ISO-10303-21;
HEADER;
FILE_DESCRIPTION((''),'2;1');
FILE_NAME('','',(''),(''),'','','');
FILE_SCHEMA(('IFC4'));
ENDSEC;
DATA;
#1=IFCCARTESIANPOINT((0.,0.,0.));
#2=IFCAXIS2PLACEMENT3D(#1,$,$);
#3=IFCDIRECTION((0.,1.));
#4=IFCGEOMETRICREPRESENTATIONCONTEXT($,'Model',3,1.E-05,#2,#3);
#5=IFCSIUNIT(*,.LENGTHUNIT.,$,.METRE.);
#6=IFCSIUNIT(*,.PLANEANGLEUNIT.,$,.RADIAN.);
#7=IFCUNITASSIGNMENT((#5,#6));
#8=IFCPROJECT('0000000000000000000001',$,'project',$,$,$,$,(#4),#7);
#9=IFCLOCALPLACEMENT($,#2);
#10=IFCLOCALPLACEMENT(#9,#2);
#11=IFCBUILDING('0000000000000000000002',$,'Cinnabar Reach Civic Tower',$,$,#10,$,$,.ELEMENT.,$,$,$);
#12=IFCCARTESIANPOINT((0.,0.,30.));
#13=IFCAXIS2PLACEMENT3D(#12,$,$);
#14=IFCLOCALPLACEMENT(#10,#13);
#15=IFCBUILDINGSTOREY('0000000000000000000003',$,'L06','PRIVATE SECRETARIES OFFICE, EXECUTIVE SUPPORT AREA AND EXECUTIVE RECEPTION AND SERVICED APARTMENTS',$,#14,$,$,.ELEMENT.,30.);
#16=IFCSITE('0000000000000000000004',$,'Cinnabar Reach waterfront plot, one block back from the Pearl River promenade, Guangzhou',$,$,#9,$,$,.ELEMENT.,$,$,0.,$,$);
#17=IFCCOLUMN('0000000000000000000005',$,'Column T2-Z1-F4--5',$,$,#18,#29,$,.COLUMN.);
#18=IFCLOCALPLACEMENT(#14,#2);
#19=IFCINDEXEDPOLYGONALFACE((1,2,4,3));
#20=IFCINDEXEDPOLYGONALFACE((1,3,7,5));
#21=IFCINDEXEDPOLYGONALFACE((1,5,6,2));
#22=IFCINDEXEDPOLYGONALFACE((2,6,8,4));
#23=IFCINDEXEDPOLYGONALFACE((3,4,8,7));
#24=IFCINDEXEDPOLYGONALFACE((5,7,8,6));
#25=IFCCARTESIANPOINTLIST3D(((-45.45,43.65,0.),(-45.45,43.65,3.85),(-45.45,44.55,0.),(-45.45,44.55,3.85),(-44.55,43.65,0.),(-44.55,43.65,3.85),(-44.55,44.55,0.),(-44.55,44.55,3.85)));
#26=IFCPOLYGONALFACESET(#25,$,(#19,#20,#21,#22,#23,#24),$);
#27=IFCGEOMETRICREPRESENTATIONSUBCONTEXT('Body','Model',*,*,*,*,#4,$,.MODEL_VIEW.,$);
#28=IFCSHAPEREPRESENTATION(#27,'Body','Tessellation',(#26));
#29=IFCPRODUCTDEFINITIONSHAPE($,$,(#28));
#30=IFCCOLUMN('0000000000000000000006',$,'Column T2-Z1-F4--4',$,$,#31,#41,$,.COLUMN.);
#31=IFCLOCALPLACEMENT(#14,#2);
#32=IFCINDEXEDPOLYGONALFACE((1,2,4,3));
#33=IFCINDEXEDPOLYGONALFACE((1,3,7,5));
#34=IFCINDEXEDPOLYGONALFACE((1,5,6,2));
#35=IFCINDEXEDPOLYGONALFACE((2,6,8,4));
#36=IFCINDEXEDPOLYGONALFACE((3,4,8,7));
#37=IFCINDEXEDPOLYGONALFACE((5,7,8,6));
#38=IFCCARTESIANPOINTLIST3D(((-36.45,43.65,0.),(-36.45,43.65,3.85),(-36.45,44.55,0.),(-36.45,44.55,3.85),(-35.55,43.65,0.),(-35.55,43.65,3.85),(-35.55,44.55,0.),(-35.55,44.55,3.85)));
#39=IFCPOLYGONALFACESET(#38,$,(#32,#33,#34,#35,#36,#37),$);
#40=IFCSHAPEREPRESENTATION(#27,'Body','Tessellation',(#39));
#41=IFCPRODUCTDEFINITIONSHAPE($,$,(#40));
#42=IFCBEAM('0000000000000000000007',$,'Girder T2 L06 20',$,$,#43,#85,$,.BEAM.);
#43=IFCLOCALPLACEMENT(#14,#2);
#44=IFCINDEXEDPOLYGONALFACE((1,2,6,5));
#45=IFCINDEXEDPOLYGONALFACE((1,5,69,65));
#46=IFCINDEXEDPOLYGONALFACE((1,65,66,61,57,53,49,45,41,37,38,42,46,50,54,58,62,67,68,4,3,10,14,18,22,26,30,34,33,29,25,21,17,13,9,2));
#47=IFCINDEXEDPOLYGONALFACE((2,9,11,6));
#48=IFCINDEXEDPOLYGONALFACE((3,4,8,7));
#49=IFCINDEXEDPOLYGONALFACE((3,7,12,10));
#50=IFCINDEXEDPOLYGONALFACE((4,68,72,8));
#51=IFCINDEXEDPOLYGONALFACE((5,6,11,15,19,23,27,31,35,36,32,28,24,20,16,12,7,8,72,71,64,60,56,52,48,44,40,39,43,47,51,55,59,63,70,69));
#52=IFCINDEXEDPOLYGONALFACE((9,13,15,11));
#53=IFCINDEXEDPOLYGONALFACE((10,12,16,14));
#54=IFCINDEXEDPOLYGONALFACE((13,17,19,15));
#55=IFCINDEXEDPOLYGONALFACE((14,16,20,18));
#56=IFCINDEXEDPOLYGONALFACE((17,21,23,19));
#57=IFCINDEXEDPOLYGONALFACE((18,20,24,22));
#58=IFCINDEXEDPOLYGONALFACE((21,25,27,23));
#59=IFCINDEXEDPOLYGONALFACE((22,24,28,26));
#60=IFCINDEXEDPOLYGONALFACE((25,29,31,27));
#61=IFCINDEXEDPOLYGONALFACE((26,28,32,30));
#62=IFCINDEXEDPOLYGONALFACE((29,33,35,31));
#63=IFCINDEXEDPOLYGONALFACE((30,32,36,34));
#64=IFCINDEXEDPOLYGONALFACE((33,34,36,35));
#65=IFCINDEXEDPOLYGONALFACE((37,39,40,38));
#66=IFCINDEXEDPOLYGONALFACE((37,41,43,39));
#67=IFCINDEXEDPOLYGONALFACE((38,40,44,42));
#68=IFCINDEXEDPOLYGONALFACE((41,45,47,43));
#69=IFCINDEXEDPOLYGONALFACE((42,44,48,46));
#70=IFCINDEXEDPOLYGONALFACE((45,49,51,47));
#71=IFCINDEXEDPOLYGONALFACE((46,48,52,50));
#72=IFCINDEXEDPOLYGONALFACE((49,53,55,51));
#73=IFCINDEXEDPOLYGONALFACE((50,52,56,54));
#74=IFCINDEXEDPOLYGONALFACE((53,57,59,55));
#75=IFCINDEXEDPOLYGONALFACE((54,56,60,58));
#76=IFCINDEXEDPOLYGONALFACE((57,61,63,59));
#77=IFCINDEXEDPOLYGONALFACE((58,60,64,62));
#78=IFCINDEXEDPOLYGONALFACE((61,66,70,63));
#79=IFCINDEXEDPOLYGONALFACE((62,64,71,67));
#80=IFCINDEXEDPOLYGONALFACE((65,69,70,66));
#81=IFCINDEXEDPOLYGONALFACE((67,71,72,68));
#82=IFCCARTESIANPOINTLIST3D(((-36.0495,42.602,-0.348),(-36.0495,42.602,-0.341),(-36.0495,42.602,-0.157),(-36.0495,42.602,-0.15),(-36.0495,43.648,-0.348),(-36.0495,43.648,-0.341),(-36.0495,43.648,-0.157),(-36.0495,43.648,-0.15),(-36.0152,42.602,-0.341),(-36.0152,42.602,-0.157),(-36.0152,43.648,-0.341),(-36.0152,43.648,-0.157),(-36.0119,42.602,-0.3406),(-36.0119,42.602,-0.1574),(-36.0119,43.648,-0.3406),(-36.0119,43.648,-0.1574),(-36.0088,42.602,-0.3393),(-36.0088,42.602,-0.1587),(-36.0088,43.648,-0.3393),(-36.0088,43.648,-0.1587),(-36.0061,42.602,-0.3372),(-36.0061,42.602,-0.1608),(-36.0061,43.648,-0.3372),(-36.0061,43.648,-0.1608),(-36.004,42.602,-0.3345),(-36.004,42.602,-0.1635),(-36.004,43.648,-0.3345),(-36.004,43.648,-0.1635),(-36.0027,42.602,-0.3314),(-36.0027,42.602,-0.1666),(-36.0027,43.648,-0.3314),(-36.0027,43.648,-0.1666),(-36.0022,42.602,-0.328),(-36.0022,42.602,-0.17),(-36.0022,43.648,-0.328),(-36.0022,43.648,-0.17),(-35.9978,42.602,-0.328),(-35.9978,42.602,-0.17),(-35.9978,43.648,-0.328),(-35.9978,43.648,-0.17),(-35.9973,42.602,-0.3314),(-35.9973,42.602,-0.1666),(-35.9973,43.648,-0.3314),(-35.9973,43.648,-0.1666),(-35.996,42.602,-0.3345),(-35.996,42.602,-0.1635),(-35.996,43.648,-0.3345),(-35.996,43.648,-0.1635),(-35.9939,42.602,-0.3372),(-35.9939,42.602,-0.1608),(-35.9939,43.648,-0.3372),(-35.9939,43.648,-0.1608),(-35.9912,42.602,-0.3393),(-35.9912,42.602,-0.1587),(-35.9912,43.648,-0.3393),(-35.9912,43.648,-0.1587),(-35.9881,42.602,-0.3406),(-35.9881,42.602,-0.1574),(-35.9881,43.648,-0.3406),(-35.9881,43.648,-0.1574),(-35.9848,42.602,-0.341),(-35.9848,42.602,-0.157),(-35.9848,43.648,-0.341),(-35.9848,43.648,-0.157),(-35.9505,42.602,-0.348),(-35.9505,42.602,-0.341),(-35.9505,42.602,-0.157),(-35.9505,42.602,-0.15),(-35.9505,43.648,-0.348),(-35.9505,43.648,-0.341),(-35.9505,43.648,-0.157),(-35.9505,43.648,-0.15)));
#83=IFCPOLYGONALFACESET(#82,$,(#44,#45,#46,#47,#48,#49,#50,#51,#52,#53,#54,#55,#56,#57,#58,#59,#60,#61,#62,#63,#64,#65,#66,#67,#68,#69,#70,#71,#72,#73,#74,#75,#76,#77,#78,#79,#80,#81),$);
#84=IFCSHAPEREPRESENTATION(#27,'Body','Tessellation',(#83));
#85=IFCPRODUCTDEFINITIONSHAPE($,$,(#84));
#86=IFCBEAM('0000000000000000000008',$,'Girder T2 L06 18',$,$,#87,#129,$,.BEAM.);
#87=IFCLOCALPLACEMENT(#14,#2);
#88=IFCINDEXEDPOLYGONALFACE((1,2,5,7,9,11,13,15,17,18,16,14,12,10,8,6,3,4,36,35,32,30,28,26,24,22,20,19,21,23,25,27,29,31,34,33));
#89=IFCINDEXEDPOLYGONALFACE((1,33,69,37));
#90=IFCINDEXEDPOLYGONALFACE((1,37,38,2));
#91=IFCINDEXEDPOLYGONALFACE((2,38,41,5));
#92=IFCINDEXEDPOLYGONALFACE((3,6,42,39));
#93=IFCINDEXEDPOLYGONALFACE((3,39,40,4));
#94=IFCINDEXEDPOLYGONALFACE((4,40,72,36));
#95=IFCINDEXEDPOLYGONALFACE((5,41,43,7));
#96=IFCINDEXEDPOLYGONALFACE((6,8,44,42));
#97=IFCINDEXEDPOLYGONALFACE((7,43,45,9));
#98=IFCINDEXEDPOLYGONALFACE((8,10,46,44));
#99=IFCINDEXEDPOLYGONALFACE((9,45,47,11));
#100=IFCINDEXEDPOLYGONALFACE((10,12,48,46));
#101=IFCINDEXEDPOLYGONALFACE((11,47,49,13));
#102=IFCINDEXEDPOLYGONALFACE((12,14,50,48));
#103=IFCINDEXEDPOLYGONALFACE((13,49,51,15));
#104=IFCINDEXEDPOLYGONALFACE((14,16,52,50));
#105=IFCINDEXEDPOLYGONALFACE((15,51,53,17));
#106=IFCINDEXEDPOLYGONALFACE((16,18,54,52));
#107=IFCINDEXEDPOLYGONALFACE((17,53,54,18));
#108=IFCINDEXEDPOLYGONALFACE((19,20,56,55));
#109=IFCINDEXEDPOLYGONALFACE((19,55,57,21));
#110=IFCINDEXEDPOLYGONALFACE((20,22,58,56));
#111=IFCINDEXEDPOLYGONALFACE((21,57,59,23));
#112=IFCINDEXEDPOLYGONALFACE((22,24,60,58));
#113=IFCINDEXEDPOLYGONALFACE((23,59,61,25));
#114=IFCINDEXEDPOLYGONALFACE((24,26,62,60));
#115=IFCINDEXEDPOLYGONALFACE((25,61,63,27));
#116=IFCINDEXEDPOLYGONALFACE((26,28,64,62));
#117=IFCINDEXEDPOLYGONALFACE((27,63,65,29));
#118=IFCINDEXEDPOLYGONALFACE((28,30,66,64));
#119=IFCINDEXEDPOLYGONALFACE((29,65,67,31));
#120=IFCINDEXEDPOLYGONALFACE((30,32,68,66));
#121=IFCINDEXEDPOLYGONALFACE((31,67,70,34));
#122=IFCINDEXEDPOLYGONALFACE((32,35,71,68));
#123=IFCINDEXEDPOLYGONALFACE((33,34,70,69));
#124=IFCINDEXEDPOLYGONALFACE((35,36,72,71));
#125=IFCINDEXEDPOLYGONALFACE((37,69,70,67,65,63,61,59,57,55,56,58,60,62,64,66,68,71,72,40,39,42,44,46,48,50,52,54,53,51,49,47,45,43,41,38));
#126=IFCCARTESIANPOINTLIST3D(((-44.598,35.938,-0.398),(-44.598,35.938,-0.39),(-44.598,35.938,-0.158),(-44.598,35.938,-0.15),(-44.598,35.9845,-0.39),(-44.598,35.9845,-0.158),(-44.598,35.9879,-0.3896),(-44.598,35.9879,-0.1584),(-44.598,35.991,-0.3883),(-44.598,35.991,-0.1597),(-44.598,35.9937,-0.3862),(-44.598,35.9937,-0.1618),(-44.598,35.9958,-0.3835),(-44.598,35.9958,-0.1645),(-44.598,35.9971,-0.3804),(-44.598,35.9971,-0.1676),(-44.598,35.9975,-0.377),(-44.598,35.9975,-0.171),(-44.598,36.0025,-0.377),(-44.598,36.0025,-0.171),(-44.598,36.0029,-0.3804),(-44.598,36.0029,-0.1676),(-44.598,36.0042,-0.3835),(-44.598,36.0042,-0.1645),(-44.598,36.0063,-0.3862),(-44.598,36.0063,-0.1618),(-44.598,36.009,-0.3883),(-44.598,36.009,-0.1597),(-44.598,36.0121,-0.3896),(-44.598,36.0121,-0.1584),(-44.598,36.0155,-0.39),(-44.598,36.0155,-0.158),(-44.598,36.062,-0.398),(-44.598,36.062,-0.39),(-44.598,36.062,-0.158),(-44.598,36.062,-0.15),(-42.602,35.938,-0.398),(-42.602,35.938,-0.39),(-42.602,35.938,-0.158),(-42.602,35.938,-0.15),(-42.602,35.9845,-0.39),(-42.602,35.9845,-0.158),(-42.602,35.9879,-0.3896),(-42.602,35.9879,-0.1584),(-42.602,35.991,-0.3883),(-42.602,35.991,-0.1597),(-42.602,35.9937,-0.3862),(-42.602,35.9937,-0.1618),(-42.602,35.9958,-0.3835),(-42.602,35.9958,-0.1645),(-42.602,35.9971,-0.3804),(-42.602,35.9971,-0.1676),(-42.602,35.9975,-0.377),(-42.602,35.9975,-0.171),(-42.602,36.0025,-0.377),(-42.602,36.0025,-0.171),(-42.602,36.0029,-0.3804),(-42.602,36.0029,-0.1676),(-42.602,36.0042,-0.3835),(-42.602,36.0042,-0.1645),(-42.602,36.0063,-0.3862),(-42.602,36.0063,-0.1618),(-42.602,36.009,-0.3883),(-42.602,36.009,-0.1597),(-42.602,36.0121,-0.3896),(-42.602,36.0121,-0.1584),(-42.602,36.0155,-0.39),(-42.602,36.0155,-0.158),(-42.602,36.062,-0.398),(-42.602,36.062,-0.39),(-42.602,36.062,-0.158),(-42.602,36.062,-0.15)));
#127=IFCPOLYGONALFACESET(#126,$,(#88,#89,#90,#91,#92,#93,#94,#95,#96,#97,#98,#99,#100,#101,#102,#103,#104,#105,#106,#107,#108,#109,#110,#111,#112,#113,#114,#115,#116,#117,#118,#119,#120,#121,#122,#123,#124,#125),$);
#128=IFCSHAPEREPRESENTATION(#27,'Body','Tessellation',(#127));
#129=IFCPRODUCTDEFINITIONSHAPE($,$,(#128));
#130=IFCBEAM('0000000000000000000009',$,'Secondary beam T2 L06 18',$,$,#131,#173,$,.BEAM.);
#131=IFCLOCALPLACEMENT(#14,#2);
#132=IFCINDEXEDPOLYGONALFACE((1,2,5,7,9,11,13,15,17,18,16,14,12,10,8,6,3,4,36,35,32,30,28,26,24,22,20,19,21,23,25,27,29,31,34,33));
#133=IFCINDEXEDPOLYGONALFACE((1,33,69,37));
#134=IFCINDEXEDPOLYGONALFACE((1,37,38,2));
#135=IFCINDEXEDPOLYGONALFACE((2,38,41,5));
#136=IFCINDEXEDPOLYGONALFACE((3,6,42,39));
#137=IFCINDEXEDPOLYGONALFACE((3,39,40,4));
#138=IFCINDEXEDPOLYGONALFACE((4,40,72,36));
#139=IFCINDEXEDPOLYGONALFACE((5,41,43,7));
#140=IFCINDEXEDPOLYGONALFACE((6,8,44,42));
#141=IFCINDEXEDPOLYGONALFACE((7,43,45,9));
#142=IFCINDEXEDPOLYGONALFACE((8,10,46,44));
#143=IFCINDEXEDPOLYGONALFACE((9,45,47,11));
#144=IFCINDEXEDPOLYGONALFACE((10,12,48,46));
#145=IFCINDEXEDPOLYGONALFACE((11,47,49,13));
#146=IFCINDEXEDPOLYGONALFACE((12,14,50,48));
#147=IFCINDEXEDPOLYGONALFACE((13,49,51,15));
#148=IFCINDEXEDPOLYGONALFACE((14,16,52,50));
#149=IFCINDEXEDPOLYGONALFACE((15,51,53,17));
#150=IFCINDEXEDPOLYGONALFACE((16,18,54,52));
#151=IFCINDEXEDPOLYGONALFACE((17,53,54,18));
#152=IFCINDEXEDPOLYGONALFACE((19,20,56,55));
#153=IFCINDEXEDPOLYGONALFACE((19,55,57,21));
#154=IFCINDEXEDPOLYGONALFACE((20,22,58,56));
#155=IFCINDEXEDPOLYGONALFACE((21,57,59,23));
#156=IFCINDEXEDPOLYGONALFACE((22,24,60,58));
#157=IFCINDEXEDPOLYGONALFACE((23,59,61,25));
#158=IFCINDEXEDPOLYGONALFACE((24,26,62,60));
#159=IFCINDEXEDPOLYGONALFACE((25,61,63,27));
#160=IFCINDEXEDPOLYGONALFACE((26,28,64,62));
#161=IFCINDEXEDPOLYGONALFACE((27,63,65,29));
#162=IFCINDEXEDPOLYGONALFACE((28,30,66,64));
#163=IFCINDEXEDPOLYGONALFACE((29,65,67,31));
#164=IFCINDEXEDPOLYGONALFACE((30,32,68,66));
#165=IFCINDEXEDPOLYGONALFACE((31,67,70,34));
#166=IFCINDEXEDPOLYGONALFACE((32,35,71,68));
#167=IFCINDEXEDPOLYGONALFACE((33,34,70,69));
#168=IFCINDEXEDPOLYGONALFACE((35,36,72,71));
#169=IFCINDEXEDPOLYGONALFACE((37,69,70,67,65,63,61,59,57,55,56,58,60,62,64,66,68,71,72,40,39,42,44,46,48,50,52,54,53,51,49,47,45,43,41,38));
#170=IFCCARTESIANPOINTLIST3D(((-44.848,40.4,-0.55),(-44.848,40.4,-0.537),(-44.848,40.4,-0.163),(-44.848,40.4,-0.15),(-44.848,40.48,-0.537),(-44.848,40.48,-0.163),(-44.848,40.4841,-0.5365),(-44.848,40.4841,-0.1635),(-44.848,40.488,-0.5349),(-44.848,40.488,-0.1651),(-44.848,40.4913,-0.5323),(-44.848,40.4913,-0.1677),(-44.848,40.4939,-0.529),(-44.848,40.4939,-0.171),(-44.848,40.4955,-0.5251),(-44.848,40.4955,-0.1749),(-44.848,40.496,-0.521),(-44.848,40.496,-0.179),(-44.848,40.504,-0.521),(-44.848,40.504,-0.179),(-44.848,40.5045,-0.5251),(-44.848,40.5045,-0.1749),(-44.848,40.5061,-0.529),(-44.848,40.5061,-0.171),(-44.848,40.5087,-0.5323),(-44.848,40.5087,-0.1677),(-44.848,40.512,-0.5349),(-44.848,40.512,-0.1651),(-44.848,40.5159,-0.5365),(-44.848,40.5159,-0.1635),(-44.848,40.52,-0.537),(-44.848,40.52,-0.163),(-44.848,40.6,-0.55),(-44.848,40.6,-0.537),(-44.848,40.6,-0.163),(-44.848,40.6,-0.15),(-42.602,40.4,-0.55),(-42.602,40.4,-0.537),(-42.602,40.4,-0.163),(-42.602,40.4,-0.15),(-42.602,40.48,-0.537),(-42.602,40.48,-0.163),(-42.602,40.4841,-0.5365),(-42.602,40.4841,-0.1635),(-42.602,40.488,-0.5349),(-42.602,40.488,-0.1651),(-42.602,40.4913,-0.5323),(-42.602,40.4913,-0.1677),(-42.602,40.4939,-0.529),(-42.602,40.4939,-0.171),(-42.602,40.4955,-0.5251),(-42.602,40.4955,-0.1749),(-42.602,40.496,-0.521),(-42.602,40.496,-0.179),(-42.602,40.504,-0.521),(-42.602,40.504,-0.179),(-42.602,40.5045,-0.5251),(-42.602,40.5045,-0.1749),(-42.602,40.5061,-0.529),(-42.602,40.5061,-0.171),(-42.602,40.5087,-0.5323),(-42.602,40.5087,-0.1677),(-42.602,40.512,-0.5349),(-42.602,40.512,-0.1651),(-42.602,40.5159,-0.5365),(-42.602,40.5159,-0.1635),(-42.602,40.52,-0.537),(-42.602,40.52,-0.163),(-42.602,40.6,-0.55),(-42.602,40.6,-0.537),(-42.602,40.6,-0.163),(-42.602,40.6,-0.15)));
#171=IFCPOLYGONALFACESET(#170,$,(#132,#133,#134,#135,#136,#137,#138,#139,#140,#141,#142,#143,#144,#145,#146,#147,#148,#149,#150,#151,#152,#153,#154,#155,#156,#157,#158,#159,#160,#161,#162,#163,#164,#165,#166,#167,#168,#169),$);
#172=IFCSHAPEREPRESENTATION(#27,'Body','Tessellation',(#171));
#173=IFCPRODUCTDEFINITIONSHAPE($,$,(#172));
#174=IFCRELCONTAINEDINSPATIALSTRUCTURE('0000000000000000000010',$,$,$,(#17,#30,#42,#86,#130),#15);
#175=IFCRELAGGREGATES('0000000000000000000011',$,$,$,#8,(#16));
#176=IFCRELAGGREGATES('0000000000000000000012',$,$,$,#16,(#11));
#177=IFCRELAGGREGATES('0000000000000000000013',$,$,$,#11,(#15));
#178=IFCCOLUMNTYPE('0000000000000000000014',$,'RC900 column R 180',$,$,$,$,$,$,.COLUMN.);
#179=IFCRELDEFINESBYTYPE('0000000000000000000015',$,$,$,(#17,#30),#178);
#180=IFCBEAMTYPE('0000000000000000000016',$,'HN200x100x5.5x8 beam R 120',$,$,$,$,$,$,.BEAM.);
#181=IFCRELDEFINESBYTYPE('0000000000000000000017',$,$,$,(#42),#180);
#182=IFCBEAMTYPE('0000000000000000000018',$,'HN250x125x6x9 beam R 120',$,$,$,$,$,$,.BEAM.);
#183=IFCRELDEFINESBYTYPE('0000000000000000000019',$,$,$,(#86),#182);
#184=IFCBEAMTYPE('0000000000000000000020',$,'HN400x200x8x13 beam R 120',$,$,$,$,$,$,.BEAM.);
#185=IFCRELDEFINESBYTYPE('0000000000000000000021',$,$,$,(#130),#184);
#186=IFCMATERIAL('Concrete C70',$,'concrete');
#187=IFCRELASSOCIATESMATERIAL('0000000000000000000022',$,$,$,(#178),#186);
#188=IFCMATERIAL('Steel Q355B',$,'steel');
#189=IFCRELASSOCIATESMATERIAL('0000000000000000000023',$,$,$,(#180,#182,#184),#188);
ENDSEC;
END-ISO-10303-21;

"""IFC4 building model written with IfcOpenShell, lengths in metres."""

from ifc_helpers import new_model, si_unit, direction, frame, origin, origin_2d, place, context, subcontext, project, spatial, rectangle, i_section, extrude, material, material_profile, profile_set, type_object, element, save


model = new_model("IFC4")

# Units and contexts
model_context = context("Model", 3, precision=1e-05, world=origin(), true_north=direction((0.0, 1.0)))
body_context = subcontext(model_context, "Body", "Model", "MODEL_VIEW")
ifc_project = project(units=[si_unit("LENGTHUNIT", "METRE"), si_unit("PLANEANGLEUNIT", "RADIAN")], contexts=[model_context])

# Site, building, storey
site_placement = place(None, origin())
site = spatial("IfcSite", under=ifc_project, at=site_placement, Name="Cinnabar Reach waterfront plot, one block back from the Pearl River promenade, Guangzhou", CompositionType="ELEMENT", RefElevation=0.0)
building_placement = place(site_placement, origin())
building = spatial("IfcBuilding", under=site, at=building_placement, Name="Cinnabar Reach Civic Tower", CompositionType="ELEMENT")
storey_placement = place(building_placement, frame((0.0, 0.0, 30.0)))
storey = spatial("IfcBuildingStorey", under=building, at=storey_placement, Name="L06", Description="PRIVATE SECRETARIES OFFICE, EXECUTIVE SUPPORT AREA AND EXECUTIVE RECEPTION AND SERVICED APARTMENTS", CompositionType="ELEMENT", Elevation=30.0)

# Columns
ifc_material_1 = material(Name="Concrete C70", Category="concrete")
ifc_material_profile_1 = material_profile(ifc_material_1, rectangle(XDim=0.9, YDim=0.9, at=origin_2d()), Name="RC900")
ifc_profile_set_1 = profile_set([ifc_material_profile_1], Name="Concrete C70")
column_type = type_object("IfcColumnType", Name="RC900 column R 180", PredefinedType="COLUMN", material=ifc_profile_set_1)
for number, where, z_axis, x_axis, name in (
    (1, (-45.0, 44.1, 0.0), (0.0, 0.0, 1.0), (1.0, 0.0, 0.0), "Column T2-Z1-F4--5"),
    (2, (-36.0, 44.1, 0.0), (0.0, 0.0, 1.0), (1.0, 0.0, 0.0), "Column T2-Z1-F4--4"),
):
    element("IfcColumn", number, at=place(storey_placement, frame(where, z_axis=z_axis, x_axis=x_axis)), inside=storey, type_object=column_type, Name=name, PredefinedType="COLUMN", context=body_context, shape_type="SweptSolid", body=[
        extrude(rectangle(XDim=0.9, YDim=0.9, at=origin_2d()), origin(), (0.0, 0.0, 1.0), 3.85),
    ])

# Beams
ifc_material_2 = material(Name="Steel Q355B", Category="steel")
ifc_material_profile_2 = material_profile(ifc_material_2, i_section(OverallWidth=0.099, OverallDepth=0.198, WebThickness=0.0045, FlangeThickness=0.007, FilletRadius=0.013, at=origin_2d()), Name="HN200x100x5.5x8")
ifc_profile_set_2 = profile_set([ifc_material_profile_2], Name="Steel Q355B")
beam_type_1 = type_object("IfcBeamType", Name="HN200x100x5.5x8 beam R 120", PredefinedType="BEAM", material=ifc_profile_set_2)
beam_1_placement = place(storey_placement, frame((-36.0, 42.602, -0.249), z_axis=(0.0, 1.0, 0.0), x_axis=(-1.0, 0.0, 0.0)))
element("IfcBeam", 3, at=beam_1_placement, inside=storey, type_object=beam_type_1, Name="Girder T2 L06 20", PredefinedType="BEAM", context=body_context, shape_type="SweptSolid", body=[
    extrude(i_section(OverallWidth=0.099, OverallDepth=0.198, WebThickness=0.0045, FlangeThickness=0.007, FilletRadius=0.013, at=origin_2d()), origin(), (0.0, 0.0, 1.0), 1.046),
])
ifc_material_profile_3 = material_profile(ifc_material_2, i_section(OverallWidth=0.124, OverallDepth=0.248, WebThickness=0.005, FlangeThickness=0.008, FilletRadius=0.013, at=origin_2d()), Name="HN250x125x6x9")
ifc_profile_set_3 = profile_set([ifc_material_profile_3], Name="Steel Q355B")
beam_type_2 = type_object("IfcBeamType", Name="HN250x125x6x9 beam R 120", PredefinedType="BEAM", material=ifc_profile_set_3)
beam_2_placement = place(storey_placement, frame((-44.598, 36.0, -0.274), z_axis=(1.0, 0.0, 0.0), x_axis=(0.0, 1.0, 0.0)))
element("IfcBeam", 4, at=beam_2_placement, inside=storey, type_object=beam_type_2, Name="Girder T2 L06 18", PredefinedType="BEAM", context=body_context, shape_type="SweptSolid", body=[
    extrude(i_section(OverallWidth=0.124, OverallDepth=0.248, WebThickness=0.005, FlangeThickness=0.008, FilletRadius=0.013, at=origin_2d()), origin(), (0.0, 0.0, 1.0), 1.996),
])
ifc_material_profile_4 = material_profile(ifc_material_2, i_section(OverallWidth=0.2, OverallDepth=0.4, WebThickness=0.008, FlangeThickness=0.013, FilletRadius=0.016, at=origin_2d()), Name="HN400x200x8x13")
ifc_profile_set_4 = profile_set([ifc_material_profile_4], Name="Steel Q355B")
beam_type_3 = type_object("IfcBeamType", Name="HN400x200x8x13 beam R 120", PredefinedType="BEAM", material=ifc_profile_set_4)
beam_3_placement = place(storey_placement, frame((-44.848, 40.5, -0.35), z_axis=(1.0, 0.0, 0.0), x_axis=(0.0, 1.0, 0.0)))
element("IfcBeam", 5, at=beam_3_placement, inside=storey, type_object=beam_type_3, Name="Secondary beam T2 L06 18", PredefinedType="BEAM", context=body_context, shape_type="SweptSolid", body=[
    extrude(i_section(OverallWidth=0.2, OverallDepth=0.4, WebThickness=0.008, FlangeThickness=0.013, FilletRadius=0.016, at=origin_2d()), origin(), (0.0, 0.0, 1.0), 2.246),
])

save(model, "model.ifc")
